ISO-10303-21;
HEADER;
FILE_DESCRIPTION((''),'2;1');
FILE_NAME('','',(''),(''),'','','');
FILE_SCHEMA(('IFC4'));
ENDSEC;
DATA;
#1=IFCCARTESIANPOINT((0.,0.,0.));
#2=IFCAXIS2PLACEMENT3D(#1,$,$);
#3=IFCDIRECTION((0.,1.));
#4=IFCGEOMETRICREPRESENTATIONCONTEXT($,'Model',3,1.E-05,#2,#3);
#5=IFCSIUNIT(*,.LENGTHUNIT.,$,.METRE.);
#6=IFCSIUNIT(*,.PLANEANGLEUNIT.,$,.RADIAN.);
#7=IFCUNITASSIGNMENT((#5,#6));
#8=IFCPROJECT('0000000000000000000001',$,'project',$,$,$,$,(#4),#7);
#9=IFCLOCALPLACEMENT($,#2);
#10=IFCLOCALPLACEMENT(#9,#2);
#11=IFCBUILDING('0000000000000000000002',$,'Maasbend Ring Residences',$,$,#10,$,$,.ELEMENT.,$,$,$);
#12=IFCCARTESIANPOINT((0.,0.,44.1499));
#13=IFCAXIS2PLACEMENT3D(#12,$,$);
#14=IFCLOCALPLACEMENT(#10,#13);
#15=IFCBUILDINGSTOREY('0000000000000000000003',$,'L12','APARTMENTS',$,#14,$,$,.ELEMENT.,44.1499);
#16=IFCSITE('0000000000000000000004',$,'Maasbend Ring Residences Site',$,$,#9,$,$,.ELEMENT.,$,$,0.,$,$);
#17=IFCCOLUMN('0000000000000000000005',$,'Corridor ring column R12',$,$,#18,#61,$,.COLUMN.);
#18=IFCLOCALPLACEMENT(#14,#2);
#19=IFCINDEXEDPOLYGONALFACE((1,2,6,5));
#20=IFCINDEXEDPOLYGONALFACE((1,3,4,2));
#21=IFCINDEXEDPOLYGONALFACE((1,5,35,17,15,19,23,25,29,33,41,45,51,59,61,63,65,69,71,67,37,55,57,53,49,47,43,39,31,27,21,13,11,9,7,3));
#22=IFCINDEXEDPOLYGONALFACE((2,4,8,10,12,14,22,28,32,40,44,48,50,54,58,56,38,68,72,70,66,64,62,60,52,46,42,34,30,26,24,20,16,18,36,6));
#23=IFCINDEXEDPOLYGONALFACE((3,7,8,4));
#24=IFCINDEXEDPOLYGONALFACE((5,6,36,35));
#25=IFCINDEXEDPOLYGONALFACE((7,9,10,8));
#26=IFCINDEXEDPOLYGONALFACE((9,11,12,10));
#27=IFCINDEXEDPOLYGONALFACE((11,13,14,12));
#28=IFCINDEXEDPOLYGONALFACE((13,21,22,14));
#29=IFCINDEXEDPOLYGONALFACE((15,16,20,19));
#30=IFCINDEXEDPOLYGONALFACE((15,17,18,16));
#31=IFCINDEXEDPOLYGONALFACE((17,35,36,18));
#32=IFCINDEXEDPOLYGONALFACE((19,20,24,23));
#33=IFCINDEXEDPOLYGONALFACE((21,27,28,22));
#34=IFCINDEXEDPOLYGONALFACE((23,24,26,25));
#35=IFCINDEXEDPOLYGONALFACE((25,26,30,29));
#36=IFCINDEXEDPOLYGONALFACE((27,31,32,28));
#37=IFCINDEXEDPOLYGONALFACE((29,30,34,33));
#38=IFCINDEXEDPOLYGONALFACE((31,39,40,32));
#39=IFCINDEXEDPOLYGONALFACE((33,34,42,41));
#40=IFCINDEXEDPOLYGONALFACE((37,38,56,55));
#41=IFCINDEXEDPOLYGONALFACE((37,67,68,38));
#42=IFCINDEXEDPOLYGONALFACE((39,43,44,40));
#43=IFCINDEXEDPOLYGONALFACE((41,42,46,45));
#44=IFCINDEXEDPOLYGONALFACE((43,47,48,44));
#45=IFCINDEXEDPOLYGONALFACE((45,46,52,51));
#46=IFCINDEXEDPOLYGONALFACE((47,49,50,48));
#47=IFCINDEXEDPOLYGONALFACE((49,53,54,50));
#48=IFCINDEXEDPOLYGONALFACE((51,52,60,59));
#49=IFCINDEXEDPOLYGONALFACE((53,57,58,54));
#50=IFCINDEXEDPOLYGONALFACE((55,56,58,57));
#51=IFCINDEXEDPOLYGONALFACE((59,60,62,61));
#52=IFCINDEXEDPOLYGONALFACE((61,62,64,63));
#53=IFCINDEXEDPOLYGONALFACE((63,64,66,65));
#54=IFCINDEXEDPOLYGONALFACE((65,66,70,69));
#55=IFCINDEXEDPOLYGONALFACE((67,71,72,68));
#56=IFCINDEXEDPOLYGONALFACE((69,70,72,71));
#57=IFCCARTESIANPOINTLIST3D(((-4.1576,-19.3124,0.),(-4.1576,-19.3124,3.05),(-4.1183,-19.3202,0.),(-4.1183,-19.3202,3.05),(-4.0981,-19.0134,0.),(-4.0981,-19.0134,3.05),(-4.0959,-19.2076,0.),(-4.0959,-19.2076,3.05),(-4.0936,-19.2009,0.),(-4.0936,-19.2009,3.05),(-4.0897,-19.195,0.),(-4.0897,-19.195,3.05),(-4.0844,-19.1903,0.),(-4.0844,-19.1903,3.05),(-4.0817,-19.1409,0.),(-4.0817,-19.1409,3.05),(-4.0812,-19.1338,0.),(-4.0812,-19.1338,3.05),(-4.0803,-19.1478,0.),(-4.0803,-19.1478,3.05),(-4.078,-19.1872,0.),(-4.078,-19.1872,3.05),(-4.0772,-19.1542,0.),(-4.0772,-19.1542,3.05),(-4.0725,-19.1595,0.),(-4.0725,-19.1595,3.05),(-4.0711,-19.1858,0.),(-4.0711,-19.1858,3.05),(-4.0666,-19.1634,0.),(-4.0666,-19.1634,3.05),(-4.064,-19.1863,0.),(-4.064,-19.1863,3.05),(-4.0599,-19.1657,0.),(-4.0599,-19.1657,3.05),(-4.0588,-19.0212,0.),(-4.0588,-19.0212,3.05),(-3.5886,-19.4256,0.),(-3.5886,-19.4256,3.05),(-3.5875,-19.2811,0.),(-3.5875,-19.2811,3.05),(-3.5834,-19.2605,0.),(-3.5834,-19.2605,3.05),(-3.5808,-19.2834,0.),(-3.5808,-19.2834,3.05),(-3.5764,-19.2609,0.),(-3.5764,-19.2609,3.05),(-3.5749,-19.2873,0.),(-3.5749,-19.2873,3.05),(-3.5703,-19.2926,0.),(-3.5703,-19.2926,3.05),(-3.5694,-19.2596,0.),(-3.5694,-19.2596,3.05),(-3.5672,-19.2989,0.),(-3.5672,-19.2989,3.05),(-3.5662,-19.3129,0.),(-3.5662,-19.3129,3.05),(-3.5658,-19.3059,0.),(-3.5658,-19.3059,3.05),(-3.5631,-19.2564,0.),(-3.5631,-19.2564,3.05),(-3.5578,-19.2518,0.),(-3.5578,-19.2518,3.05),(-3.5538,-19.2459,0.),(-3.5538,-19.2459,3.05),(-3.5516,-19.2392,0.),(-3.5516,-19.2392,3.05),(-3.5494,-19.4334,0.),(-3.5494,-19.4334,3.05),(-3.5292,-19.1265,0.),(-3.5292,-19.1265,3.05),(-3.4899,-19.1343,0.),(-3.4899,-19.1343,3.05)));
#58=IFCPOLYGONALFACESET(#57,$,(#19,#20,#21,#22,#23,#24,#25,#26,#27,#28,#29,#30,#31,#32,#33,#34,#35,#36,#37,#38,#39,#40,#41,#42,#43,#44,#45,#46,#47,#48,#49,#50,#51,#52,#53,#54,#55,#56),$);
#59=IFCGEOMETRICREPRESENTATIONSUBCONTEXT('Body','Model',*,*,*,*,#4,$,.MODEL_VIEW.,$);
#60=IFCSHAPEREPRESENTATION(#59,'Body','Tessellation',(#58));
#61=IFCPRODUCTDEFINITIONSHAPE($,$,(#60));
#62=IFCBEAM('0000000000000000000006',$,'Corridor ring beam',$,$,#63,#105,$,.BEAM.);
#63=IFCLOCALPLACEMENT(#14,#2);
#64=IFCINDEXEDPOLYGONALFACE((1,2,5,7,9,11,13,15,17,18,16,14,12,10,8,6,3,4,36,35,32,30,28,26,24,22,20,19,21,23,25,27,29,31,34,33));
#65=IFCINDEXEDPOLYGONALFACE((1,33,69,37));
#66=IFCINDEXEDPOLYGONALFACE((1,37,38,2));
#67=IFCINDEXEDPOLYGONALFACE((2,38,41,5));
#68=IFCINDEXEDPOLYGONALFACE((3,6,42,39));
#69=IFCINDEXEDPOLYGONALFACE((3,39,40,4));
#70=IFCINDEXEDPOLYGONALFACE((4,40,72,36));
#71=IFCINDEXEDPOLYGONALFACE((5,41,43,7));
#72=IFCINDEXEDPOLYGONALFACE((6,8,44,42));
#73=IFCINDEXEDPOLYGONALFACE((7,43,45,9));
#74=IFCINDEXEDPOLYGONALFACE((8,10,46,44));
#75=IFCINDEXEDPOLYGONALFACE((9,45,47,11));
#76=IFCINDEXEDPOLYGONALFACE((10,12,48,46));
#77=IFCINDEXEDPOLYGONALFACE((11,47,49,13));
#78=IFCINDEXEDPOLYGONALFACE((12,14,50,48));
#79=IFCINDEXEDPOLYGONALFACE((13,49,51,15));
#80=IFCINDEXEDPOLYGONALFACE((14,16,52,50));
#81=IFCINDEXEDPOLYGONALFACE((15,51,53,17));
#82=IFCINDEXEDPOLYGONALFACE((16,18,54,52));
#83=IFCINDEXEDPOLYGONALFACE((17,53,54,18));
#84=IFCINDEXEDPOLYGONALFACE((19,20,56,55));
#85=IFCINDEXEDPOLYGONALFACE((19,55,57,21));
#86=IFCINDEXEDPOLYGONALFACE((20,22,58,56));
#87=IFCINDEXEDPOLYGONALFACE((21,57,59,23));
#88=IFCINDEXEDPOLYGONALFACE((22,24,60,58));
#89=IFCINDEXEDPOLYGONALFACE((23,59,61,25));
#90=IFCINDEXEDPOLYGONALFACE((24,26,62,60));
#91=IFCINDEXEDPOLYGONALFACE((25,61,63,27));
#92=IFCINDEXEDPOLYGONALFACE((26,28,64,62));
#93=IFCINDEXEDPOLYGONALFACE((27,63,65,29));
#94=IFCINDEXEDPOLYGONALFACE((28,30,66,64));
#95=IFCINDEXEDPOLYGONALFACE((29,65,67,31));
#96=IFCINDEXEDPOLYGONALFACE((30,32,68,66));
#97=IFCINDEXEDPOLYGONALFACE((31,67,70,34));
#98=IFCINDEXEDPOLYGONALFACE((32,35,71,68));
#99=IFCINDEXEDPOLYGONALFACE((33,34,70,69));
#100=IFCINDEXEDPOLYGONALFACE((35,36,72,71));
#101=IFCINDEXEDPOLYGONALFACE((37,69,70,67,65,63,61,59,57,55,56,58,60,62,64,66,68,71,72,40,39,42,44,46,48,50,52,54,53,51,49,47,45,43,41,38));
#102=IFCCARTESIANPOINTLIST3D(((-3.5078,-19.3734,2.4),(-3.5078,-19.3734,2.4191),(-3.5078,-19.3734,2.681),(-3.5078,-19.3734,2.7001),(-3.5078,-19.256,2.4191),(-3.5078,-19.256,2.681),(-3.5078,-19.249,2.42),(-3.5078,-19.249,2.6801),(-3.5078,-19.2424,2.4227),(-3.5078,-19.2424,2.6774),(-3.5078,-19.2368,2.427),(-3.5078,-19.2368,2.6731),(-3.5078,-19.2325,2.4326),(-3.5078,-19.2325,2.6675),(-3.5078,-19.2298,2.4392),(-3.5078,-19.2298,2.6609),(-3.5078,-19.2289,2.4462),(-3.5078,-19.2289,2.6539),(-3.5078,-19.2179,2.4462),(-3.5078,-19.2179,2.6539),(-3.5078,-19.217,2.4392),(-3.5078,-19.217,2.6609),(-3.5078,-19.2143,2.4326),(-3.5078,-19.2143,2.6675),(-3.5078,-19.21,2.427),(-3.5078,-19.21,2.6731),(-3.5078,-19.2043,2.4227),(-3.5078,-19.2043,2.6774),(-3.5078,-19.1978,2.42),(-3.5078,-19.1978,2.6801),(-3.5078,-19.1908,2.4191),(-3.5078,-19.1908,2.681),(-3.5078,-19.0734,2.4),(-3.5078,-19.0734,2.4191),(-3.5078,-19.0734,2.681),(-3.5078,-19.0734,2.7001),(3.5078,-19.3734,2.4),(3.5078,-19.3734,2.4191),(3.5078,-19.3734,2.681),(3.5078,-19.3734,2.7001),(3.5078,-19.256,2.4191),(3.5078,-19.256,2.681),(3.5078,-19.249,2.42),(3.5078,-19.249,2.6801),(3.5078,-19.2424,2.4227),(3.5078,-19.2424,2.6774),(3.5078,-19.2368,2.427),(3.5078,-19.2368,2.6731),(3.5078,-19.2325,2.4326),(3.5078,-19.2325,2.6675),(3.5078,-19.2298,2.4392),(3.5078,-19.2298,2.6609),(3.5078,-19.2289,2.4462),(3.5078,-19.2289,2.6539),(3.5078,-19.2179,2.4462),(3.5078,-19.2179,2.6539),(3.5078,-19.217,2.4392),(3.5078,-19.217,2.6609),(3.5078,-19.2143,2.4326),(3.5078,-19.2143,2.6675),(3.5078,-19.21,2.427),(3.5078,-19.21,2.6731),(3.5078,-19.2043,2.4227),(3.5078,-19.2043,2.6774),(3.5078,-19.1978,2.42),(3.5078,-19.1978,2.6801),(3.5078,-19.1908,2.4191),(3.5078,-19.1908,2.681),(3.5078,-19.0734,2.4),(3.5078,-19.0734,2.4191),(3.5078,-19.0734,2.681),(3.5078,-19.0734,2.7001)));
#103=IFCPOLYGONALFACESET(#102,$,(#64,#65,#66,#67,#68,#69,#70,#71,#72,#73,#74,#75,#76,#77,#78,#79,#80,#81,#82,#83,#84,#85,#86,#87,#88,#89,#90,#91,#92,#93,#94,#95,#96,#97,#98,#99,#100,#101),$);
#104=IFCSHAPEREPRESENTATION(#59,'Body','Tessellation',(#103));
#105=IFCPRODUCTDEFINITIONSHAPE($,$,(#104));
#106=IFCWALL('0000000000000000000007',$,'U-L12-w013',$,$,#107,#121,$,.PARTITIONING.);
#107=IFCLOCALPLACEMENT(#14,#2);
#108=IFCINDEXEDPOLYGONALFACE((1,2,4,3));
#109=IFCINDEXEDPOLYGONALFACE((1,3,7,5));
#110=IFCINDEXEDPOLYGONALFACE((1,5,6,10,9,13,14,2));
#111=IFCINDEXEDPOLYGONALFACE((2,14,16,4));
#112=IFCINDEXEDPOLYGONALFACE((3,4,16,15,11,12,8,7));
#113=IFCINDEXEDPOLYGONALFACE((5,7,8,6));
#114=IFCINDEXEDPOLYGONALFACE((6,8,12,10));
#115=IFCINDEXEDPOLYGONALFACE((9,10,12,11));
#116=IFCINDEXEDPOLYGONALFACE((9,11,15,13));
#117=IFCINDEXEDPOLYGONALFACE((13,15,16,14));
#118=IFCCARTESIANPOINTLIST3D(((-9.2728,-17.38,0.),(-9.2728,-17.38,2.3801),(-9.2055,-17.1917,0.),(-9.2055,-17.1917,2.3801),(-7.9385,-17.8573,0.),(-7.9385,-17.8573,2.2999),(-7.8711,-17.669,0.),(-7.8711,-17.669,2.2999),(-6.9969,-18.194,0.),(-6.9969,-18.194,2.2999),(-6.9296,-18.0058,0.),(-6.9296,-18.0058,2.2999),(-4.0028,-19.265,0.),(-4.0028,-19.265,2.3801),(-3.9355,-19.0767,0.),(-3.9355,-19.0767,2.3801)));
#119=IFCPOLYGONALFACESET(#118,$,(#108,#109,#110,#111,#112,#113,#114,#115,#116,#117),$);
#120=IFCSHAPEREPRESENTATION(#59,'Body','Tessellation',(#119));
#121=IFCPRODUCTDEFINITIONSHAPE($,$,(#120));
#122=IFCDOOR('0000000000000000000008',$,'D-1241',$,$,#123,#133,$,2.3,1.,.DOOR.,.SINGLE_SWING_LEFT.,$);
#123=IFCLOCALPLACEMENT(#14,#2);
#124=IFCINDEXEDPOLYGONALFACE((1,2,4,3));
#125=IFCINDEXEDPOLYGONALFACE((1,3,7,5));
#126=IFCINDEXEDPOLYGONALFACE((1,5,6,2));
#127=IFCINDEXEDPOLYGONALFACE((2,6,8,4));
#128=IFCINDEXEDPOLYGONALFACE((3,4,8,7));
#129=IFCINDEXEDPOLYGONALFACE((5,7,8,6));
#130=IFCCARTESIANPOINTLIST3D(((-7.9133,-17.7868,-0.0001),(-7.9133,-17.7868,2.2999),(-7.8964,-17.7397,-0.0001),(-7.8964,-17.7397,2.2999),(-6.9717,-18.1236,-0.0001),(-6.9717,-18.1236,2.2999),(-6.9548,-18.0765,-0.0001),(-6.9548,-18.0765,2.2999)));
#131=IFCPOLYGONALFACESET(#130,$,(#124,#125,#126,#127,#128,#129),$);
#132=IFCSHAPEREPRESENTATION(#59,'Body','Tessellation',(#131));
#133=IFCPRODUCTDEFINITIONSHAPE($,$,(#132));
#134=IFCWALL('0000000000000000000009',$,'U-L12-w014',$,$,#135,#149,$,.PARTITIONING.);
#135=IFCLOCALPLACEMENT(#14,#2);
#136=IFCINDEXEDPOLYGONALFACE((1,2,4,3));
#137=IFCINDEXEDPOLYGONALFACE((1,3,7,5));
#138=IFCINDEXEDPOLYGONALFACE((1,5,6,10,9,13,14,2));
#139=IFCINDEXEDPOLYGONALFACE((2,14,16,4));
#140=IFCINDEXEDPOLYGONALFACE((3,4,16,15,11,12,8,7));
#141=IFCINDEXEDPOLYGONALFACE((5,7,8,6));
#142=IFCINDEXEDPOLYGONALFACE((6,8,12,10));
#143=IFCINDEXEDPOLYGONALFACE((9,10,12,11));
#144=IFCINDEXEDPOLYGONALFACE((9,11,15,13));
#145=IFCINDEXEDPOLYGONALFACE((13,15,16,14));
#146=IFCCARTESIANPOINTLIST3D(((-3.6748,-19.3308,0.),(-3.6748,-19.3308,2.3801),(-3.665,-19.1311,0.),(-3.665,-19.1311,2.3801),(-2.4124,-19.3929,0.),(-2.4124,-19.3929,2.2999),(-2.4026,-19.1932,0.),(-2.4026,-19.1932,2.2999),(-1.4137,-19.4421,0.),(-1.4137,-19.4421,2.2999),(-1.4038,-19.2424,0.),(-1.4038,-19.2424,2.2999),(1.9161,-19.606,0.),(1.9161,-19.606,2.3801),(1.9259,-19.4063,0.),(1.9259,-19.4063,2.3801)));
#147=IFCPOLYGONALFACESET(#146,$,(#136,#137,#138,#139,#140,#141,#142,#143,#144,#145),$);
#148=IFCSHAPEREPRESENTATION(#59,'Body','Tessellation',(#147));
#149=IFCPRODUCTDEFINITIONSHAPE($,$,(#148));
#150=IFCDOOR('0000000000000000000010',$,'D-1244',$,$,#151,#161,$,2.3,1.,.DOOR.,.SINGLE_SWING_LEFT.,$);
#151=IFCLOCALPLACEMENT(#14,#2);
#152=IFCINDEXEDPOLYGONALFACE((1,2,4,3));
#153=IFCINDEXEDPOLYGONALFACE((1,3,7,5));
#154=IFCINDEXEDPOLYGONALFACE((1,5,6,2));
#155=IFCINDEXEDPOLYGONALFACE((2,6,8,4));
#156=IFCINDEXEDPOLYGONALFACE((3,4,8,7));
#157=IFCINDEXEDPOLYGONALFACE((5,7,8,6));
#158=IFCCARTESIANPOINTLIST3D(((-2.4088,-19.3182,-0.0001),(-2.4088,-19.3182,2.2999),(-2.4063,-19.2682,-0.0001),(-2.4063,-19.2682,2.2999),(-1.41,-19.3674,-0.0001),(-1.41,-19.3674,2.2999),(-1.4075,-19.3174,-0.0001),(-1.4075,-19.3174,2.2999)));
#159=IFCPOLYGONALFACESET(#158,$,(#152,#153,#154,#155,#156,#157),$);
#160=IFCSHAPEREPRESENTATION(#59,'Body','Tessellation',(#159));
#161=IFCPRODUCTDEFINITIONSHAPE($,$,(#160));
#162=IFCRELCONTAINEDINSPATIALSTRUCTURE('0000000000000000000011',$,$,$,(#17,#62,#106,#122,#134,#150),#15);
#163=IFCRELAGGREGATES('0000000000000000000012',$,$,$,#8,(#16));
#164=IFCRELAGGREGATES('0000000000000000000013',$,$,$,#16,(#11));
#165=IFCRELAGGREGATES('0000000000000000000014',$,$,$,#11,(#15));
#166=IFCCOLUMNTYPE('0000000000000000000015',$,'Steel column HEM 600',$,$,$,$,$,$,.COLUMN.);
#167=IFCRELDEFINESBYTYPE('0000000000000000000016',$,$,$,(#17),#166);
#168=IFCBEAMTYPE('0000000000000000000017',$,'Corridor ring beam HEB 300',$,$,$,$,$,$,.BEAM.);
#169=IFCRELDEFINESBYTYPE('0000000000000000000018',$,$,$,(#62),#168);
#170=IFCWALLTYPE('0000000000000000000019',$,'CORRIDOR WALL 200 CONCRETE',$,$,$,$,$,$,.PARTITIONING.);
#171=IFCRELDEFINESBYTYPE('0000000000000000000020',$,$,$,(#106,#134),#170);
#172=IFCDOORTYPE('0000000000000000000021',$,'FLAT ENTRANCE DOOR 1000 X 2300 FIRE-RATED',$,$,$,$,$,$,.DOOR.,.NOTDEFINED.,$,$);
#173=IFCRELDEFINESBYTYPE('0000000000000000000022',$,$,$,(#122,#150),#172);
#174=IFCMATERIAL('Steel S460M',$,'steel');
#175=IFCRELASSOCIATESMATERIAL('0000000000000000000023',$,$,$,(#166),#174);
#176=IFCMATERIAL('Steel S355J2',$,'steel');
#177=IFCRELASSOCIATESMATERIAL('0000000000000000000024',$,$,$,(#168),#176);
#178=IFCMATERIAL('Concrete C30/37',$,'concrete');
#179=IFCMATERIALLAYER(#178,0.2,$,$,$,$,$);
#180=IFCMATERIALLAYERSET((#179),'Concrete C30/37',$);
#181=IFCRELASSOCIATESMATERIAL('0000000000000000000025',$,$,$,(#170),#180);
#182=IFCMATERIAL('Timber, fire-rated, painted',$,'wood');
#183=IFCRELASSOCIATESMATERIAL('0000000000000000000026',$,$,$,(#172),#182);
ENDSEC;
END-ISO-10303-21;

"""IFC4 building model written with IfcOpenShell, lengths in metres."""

from ifc_helpers import new_model, si_unit, direction, frame, frame_2d, origin, origin_2d, place, context, subcontext, project, spatial, rectangle, i_section, extrude, material, layer, layer_set, material_profile, profile_set, type_object, element, fill, save


model = new_model("IFC4")

# Units and contexts
model_context = context("Model", 3, precision=1e-05, world=origin(), true_north=direction((0.0, 1.0)))
body_context = subcontext(model_context, "Body", "Model", "MODEL_VIEW")
ifc_project = project(units=[si_unit("LENGTHUNIT", "METRE"), si_unit("PLANEANGLEUNIT", "RADIAN")], contexts=[model_context])

# Site, building, storey
site_placement = place(None, origin())
site = spatial("IfcSite", under=ifc_project, at=site_placement, Name="Maasbend Ring Residences Site", CompositionType="ELEMENT", RefElevation=0.0)
building_placement = place(site_placement, origin())
building = spatial("IfcBuilding", under=site, at=building_placement, Name="Maasbend Ring Residences", CompositionType="ELEMENT")
storey_placement = place(building_placement, frame((0.0, 0.0, 44.1499)))
storey = spatial("IfcBuildingStorey", under=building, at=storey_placement, Name="L12", Description="APARTMENTS", CompositionType="ELEMENT", Elevation=44.1499)

# Column
ifc_material_1 = material(Name="Steel S460M", Category="steel")
ifc_material_profile_1 = material_profile(ifc_material_1, i_section(OverallWidth=0.3049, OverallDepth=0.6201, WebThickness=0.021, FlangeThickness=0.04, FilletRadius=0.0271, at=origin_2d()), Name="HEM 600")
ifc_profile_set_1 = profile_set([ifc_material_profile_1], Name="Steel S460M")
column_type = type_object("IfcColumnType", Name="Steel column HEM 600", PredefinedType="COLUMN", material=ifc_profile_set_1)
column_placement = place(storey_placement, frame((-3.8237, -19.2234, 0.0), z_axis=(0.0, 0.0, 1.0), x_axis=(-0.19509, -0.980785, 0.0)))
element("IfcColumn", 1, at=column_placement, inside=storey, type_object=column_type, Name="Corridor ring column R12", PredefinedType="COLUMN", context=body_context, shape_type="SweptSolid", body=[
    extrude(i_section(OverallWidth=0.3049, OverallDepth=0.6201, WebThickness=0.021, FlangeThickness=0.04, FilletRadius=0.0271, at=origin_2d()), origin(), (0.0, 0.0, 1.0), 3.05),
])

# Beam
ifc_material_2 = material(Name="Steel S355J2", Category="steel")
ifc_material_profile_2 = material_profile(ifc_material_2, i_section(OverallWidth=0.3, OverallDepth=0.3, WebThickness=0.011, FlangeThickness=0.019, FilletRadius=0.0271, at=origin_2d()), Name="HEB 300")
ifc_profile_set_2 = profile_set([ifc_material_profile_2], Name="Steel S355J2")
beam_type = type_object("IfcBeamType", Name="Corridor ring beam HEB 300", PredefinedType="BEAM", material=ifc_profile_set_2)
beam_placement = place(storey_placement, frame((-3.5078, -19.2234, 2.55), z_axis=(1.0, 0.0, 0.0), x_axis=(0.0, 1.0, 0.0)))
element("IfcBeam", 2, at=beam_placement, inside=storey, type_object=beam_type, Name="Corridor ring beam", PredefinedType="BEAM", context=body_context, shape_type="SweptSolid", body=[
    extrude(i_section(OverallWidth=0.3, OverallDepth=0.3, WebThickness=0.011, FlangeThickness=0.019, FilletRadius=0.0271, at=origin_2d()), origin(), (0.0, 0.0, 1.0), 7.0156),
])

# Walls, openings, doors
ifc_material_3 = material(Name="Concrete C30/37", Category="concrete")
ifc_layer_1 = layer(ifc_material_3, 0.2)
ifc_layer_set_1 = layer_set([ifc_layer_1], Name="Concrete C30/37")
wall_type_1 = type_object("IfcWallType", Name="CORRIDOR WALL 200 CONCRETE", PredefinedType="PARTITIONING", material=ifc_layer_set_1)
wall_1_placement = place(storey_placement, frame((-9.239, -17.2859, 0.0), z_axis=(0.0, 0.0, 1.0), x_axis=(0.94158, -0.33679, 0.0)))
wall_1 = element("IfcWall", 3, at=wall_1_placement, inside=storey, type_object=wall_type_1, Name="U-L12-w013", PredefinedType="PARTITIONING", context=body_context, shape_type="SweptSolid", body=[
    extrude(rectangle(XDim=5.5969, YDim=0.2, at=frame_2d((2.7983, 0.0))), origin(), (0.0, 0.0, 1.0), 2.3801),
])
opening_1_placement = place(wall_1_placement, frame((1.417, 0.0, 0.0)))
opening_1 = element("IfcOpeningElement", 4, at=opening_1_placement, cuts=wall_1, PredefinedType="OPENING", context=body_context, shape_type="SweptSolid", body=[
    extrude(rectangle(XDim=1.0, YDim=2.3, at=frame_2d((0.5, 1.1499))), frame((0.0, 0.1099, 0.0), z_axis=(0.0, -1.0, 0.0), x_axis=(1.0, 0.0, 0.0)), (0.0, 0.0, 1.0), 0.22),
])
ifc_material_4 = material(Name="Timber, fire-rated, painted", Category="wood")
door_type_1 = type_object("IfcDoorType", Name="FLAT ENTRANCE DOOR 1000 X 2300 FIRE-RATED", OperationType="NOTDEFINED", PredefinedType="DOOR", material=ifc_material_4)
door_1_placement = place(opening_1_placement, origin())
door_1 = element("IfcDoor", 5, at=door_1_placement, inside=storey, type_object=door_type_1, Name="D-1241", OperationType="SINGLE_SWING_LEFT", OverallHeight=2.3, OverallWidth=1.0, PredefinedType="DOOR", context=body_context, shape_type="SweptSolid", body=[
    extrude(rectangle(XDim=1.0, YDim=2.3, at=frame_2d((0.5, 1.1499))), frame((0.0, 0.0249, 0.0), z_axis=(0.0, -1.0, 0.0), x_axis=(1.0, 0.0, 0.0)), (0.0, 0.0, 1.0), 0.05),
])
fill(opening_1, door_1)
wall_2_placement = place(storey_placement, frame((-3.6699, -19.231, 0.0), z_axis=(0.0, 0.0, 1.0), x_axis=(0.998791, -0.049154, 0.0)))
wall_2 = element("IfcWall", 6, at=wall_2_placement, inside=storey, type_object=wall_type_1, Name="U-L12-w014", PredefinedType="PARTITIONING", context=body_context, shape_type="SweptSolid", body=[
    extrude(rectangle(XDim=5.5977, YDim=0.2, at=frame_2d((2.7988, 0.0))), origin(), (0.0, 0.0, 1.0), 2.3801),
])
opening_2_placement = place(wall_2_placement, frame((1.2639, 0.0, 0.0)))
opening_2 = element("IfcOpeningElement", 7, at=opening_2_placement, cuts=wall_2, PredefinedType="OPENING", context=body_context, shape_type="SweptSolid", body=[
    extrude(rectangle(XDim=1.0, YDim=2.3, at=frame_2d((0.5, 1.1499))), frame((0.0, 0.1099, 0.0), z_axis=(0.0, -1.0, 0.0), x_axis=(1.0, 0.0, 0.0)), (0.0, 0.0, 1.0), 0.22),
])
door_2_placement = place(opening_2_placement, origin())
door_2 = element("IfcDoor", 8, at=door_2_placement, inside=storey, type_object=door_type_1, Name="D-1244", OperationType="SINGLE_SWING_LEFT", OverallHeight=2.3, OverallWidth=1.0, PredefinedType="DOOR", context=body_context, shape_type="SweptSolid", body=[
    extrude(rectangle(XDim=1.0, YDim=2.3, at=frame_2d((0.5, 1.1499))), frame((0.0, 0.0249, 0.0), z_axis=(0.0, -1.0, 0.0), x_axis=(1.0, 0.0, 0.0)), (0.0, 0.0, 1.0), 0.05),
])
fill(opening_2, door_2)

save(model, "model.ifc")
